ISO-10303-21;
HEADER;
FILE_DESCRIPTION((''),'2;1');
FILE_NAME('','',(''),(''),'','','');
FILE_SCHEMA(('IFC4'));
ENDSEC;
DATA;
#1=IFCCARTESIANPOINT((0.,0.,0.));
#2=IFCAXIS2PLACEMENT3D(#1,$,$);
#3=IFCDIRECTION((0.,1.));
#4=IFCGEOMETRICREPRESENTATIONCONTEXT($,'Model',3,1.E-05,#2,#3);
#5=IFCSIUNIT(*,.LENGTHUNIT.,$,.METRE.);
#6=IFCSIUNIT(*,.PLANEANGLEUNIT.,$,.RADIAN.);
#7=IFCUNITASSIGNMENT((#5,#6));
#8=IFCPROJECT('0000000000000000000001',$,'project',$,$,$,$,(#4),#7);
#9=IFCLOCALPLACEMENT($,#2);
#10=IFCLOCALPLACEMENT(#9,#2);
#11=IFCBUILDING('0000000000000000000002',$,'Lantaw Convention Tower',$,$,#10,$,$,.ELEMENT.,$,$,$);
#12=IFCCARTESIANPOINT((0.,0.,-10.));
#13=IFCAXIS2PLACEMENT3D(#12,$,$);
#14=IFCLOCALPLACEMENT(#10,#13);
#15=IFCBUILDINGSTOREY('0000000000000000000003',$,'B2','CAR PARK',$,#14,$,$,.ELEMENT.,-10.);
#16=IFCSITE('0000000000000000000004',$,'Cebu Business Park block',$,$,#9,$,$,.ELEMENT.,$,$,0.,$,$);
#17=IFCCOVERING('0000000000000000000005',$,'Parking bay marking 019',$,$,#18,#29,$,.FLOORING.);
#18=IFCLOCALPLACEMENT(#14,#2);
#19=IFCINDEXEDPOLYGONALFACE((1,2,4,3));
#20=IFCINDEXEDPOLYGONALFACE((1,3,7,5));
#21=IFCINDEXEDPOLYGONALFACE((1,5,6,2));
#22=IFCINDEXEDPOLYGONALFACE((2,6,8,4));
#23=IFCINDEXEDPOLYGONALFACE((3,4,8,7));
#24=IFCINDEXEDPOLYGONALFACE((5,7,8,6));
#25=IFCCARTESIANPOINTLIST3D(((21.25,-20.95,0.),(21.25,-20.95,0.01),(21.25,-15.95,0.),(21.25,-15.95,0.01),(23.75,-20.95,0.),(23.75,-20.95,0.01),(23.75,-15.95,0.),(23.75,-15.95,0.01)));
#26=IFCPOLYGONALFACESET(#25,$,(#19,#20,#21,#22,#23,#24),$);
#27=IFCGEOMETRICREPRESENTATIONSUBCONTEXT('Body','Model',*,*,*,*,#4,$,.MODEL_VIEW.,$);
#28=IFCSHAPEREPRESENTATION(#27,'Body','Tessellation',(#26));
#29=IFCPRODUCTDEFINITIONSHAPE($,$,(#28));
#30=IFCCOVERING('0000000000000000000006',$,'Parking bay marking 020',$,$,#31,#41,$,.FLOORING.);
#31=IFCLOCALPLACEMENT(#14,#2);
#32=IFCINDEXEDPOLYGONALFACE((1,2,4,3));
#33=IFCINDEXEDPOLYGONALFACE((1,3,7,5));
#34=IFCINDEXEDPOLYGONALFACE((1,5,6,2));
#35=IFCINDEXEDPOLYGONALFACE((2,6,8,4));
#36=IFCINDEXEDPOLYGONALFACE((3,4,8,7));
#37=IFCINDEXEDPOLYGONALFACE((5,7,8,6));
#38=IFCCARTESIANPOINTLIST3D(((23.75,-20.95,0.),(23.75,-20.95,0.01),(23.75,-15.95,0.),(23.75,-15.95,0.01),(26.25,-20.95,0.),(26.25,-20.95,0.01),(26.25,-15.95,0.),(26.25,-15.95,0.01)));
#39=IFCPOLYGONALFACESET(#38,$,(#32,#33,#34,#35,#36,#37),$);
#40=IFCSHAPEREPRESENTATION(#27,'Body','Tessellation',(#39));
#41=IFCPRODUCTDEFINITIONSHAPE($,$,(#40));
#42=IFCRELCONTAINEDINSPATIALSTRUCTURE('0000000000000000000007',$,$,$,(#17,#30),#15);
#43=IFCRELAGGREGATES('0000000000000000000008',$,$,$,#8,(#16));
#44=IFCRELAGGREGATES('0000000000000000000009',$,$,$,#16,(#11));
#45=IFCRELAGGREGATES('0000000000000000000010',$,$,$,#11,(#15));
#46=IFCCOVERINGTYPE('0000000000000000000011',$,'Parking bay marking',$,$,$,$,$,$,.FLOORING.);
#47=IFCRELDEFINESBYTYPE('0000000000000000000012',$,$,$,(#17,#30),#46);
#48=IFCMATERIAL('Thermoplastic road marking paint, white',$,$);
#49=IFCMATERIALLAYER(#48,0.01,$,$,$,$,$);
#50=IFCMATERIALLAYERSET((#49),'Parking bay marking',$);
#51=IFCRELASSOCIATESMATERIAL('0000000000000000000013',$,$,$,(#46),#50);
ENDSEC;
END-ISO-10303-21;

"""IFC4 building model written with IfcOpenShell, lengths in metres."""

from ifc_helpers import new_model, si_unit, direction, frame, origin, place, context, subcontext, project, spatial, polyline, outline, extrude, material, layer, layer_set, type_object, element, save


model = new_model("IFC4")

# Units and contexts
model_context = context("Model", 3, precision=1e-05, world=origin(), true_north=direction((0.0, 1.0)))
body_context = subcontext(model_context, "Body", "Model", "MODEL_VIEW")
ifc_project = project(units=[si_unit("LENGTHUNIT", "METRE"), si_unit("PLANEANGLEUNIT", "RADIAN")], contexts=[model_context])

# Site, building, storey
site_placement = place(None, origin())
site = spatial("IfcSite", under=ifc_project, at=site_placement, Name="Cebu Business Park block", CompositionType="ELEMENT", RefElevation=0.0)
building_placement = place(site_placement, origin())
building = spatial("IfcBuilding", under=site, at=building_placement, Name="Lantaw Convention Tower", CompositionType="ELEMENT")
storey_placement = place(building_placement, frame((0.0, 0.0, -10.0)))
storey = spatial("IfcBuildingStorey", under=building, at=storey_placement, Name="B2", Description="CAR PARK", CompositionType="ELEMENT", Elevation=-10.0)

# Coverings
ifc_material_1 = material(Name="Thermoplastic road marking paint, white")
ifc_layer_1 = layer(ifc_material_1, 0.01)
ifc_layer_set_1 = layer_set([ifc_layer_1], Name="Parking bay marking")
covering_type = type_object("IfcCoveringType", Name="Parking bay marking", PredefinedType="FLOORING", material=ifc_layer_set_1)
covering_1_placement = place(storey_placement, origin())
element("IfcCovering", 1, at=covering_1_placement, inside=storey, type_object=covering_type, Name="Parking bay marking 019", PredefinedType="FLOORING", context=body_context, shape_type="SweptSolid", body=[
    extrude(outline(polyline([(21.25, -20.95), (23.75, -20.95), (23.75, -15.95), (21.25, -15.95), (21.25, -20.95)])), origin(), (0.0, 0.0, 1.0), 0.01),
])
covering_2_placement = place(storey_placement, origin())
element("IfcCovering", 2, at=covering_2_placement, inside=storey, type_object=covering_type, Name="Parking bay marking 020", PredefinedType="FLOORING", context=body_context, shape_type="SweptSolid", body=[
    extrude(outline(polyline([(23.75, -20.95), (26.25, -20.95), (26.25, -15.95), (23.75, -15.95), (23.75, -20.95)])), origin(), (0.0, 0.0, 1.0), 0.01),
])

save(model, "model.ifc")
